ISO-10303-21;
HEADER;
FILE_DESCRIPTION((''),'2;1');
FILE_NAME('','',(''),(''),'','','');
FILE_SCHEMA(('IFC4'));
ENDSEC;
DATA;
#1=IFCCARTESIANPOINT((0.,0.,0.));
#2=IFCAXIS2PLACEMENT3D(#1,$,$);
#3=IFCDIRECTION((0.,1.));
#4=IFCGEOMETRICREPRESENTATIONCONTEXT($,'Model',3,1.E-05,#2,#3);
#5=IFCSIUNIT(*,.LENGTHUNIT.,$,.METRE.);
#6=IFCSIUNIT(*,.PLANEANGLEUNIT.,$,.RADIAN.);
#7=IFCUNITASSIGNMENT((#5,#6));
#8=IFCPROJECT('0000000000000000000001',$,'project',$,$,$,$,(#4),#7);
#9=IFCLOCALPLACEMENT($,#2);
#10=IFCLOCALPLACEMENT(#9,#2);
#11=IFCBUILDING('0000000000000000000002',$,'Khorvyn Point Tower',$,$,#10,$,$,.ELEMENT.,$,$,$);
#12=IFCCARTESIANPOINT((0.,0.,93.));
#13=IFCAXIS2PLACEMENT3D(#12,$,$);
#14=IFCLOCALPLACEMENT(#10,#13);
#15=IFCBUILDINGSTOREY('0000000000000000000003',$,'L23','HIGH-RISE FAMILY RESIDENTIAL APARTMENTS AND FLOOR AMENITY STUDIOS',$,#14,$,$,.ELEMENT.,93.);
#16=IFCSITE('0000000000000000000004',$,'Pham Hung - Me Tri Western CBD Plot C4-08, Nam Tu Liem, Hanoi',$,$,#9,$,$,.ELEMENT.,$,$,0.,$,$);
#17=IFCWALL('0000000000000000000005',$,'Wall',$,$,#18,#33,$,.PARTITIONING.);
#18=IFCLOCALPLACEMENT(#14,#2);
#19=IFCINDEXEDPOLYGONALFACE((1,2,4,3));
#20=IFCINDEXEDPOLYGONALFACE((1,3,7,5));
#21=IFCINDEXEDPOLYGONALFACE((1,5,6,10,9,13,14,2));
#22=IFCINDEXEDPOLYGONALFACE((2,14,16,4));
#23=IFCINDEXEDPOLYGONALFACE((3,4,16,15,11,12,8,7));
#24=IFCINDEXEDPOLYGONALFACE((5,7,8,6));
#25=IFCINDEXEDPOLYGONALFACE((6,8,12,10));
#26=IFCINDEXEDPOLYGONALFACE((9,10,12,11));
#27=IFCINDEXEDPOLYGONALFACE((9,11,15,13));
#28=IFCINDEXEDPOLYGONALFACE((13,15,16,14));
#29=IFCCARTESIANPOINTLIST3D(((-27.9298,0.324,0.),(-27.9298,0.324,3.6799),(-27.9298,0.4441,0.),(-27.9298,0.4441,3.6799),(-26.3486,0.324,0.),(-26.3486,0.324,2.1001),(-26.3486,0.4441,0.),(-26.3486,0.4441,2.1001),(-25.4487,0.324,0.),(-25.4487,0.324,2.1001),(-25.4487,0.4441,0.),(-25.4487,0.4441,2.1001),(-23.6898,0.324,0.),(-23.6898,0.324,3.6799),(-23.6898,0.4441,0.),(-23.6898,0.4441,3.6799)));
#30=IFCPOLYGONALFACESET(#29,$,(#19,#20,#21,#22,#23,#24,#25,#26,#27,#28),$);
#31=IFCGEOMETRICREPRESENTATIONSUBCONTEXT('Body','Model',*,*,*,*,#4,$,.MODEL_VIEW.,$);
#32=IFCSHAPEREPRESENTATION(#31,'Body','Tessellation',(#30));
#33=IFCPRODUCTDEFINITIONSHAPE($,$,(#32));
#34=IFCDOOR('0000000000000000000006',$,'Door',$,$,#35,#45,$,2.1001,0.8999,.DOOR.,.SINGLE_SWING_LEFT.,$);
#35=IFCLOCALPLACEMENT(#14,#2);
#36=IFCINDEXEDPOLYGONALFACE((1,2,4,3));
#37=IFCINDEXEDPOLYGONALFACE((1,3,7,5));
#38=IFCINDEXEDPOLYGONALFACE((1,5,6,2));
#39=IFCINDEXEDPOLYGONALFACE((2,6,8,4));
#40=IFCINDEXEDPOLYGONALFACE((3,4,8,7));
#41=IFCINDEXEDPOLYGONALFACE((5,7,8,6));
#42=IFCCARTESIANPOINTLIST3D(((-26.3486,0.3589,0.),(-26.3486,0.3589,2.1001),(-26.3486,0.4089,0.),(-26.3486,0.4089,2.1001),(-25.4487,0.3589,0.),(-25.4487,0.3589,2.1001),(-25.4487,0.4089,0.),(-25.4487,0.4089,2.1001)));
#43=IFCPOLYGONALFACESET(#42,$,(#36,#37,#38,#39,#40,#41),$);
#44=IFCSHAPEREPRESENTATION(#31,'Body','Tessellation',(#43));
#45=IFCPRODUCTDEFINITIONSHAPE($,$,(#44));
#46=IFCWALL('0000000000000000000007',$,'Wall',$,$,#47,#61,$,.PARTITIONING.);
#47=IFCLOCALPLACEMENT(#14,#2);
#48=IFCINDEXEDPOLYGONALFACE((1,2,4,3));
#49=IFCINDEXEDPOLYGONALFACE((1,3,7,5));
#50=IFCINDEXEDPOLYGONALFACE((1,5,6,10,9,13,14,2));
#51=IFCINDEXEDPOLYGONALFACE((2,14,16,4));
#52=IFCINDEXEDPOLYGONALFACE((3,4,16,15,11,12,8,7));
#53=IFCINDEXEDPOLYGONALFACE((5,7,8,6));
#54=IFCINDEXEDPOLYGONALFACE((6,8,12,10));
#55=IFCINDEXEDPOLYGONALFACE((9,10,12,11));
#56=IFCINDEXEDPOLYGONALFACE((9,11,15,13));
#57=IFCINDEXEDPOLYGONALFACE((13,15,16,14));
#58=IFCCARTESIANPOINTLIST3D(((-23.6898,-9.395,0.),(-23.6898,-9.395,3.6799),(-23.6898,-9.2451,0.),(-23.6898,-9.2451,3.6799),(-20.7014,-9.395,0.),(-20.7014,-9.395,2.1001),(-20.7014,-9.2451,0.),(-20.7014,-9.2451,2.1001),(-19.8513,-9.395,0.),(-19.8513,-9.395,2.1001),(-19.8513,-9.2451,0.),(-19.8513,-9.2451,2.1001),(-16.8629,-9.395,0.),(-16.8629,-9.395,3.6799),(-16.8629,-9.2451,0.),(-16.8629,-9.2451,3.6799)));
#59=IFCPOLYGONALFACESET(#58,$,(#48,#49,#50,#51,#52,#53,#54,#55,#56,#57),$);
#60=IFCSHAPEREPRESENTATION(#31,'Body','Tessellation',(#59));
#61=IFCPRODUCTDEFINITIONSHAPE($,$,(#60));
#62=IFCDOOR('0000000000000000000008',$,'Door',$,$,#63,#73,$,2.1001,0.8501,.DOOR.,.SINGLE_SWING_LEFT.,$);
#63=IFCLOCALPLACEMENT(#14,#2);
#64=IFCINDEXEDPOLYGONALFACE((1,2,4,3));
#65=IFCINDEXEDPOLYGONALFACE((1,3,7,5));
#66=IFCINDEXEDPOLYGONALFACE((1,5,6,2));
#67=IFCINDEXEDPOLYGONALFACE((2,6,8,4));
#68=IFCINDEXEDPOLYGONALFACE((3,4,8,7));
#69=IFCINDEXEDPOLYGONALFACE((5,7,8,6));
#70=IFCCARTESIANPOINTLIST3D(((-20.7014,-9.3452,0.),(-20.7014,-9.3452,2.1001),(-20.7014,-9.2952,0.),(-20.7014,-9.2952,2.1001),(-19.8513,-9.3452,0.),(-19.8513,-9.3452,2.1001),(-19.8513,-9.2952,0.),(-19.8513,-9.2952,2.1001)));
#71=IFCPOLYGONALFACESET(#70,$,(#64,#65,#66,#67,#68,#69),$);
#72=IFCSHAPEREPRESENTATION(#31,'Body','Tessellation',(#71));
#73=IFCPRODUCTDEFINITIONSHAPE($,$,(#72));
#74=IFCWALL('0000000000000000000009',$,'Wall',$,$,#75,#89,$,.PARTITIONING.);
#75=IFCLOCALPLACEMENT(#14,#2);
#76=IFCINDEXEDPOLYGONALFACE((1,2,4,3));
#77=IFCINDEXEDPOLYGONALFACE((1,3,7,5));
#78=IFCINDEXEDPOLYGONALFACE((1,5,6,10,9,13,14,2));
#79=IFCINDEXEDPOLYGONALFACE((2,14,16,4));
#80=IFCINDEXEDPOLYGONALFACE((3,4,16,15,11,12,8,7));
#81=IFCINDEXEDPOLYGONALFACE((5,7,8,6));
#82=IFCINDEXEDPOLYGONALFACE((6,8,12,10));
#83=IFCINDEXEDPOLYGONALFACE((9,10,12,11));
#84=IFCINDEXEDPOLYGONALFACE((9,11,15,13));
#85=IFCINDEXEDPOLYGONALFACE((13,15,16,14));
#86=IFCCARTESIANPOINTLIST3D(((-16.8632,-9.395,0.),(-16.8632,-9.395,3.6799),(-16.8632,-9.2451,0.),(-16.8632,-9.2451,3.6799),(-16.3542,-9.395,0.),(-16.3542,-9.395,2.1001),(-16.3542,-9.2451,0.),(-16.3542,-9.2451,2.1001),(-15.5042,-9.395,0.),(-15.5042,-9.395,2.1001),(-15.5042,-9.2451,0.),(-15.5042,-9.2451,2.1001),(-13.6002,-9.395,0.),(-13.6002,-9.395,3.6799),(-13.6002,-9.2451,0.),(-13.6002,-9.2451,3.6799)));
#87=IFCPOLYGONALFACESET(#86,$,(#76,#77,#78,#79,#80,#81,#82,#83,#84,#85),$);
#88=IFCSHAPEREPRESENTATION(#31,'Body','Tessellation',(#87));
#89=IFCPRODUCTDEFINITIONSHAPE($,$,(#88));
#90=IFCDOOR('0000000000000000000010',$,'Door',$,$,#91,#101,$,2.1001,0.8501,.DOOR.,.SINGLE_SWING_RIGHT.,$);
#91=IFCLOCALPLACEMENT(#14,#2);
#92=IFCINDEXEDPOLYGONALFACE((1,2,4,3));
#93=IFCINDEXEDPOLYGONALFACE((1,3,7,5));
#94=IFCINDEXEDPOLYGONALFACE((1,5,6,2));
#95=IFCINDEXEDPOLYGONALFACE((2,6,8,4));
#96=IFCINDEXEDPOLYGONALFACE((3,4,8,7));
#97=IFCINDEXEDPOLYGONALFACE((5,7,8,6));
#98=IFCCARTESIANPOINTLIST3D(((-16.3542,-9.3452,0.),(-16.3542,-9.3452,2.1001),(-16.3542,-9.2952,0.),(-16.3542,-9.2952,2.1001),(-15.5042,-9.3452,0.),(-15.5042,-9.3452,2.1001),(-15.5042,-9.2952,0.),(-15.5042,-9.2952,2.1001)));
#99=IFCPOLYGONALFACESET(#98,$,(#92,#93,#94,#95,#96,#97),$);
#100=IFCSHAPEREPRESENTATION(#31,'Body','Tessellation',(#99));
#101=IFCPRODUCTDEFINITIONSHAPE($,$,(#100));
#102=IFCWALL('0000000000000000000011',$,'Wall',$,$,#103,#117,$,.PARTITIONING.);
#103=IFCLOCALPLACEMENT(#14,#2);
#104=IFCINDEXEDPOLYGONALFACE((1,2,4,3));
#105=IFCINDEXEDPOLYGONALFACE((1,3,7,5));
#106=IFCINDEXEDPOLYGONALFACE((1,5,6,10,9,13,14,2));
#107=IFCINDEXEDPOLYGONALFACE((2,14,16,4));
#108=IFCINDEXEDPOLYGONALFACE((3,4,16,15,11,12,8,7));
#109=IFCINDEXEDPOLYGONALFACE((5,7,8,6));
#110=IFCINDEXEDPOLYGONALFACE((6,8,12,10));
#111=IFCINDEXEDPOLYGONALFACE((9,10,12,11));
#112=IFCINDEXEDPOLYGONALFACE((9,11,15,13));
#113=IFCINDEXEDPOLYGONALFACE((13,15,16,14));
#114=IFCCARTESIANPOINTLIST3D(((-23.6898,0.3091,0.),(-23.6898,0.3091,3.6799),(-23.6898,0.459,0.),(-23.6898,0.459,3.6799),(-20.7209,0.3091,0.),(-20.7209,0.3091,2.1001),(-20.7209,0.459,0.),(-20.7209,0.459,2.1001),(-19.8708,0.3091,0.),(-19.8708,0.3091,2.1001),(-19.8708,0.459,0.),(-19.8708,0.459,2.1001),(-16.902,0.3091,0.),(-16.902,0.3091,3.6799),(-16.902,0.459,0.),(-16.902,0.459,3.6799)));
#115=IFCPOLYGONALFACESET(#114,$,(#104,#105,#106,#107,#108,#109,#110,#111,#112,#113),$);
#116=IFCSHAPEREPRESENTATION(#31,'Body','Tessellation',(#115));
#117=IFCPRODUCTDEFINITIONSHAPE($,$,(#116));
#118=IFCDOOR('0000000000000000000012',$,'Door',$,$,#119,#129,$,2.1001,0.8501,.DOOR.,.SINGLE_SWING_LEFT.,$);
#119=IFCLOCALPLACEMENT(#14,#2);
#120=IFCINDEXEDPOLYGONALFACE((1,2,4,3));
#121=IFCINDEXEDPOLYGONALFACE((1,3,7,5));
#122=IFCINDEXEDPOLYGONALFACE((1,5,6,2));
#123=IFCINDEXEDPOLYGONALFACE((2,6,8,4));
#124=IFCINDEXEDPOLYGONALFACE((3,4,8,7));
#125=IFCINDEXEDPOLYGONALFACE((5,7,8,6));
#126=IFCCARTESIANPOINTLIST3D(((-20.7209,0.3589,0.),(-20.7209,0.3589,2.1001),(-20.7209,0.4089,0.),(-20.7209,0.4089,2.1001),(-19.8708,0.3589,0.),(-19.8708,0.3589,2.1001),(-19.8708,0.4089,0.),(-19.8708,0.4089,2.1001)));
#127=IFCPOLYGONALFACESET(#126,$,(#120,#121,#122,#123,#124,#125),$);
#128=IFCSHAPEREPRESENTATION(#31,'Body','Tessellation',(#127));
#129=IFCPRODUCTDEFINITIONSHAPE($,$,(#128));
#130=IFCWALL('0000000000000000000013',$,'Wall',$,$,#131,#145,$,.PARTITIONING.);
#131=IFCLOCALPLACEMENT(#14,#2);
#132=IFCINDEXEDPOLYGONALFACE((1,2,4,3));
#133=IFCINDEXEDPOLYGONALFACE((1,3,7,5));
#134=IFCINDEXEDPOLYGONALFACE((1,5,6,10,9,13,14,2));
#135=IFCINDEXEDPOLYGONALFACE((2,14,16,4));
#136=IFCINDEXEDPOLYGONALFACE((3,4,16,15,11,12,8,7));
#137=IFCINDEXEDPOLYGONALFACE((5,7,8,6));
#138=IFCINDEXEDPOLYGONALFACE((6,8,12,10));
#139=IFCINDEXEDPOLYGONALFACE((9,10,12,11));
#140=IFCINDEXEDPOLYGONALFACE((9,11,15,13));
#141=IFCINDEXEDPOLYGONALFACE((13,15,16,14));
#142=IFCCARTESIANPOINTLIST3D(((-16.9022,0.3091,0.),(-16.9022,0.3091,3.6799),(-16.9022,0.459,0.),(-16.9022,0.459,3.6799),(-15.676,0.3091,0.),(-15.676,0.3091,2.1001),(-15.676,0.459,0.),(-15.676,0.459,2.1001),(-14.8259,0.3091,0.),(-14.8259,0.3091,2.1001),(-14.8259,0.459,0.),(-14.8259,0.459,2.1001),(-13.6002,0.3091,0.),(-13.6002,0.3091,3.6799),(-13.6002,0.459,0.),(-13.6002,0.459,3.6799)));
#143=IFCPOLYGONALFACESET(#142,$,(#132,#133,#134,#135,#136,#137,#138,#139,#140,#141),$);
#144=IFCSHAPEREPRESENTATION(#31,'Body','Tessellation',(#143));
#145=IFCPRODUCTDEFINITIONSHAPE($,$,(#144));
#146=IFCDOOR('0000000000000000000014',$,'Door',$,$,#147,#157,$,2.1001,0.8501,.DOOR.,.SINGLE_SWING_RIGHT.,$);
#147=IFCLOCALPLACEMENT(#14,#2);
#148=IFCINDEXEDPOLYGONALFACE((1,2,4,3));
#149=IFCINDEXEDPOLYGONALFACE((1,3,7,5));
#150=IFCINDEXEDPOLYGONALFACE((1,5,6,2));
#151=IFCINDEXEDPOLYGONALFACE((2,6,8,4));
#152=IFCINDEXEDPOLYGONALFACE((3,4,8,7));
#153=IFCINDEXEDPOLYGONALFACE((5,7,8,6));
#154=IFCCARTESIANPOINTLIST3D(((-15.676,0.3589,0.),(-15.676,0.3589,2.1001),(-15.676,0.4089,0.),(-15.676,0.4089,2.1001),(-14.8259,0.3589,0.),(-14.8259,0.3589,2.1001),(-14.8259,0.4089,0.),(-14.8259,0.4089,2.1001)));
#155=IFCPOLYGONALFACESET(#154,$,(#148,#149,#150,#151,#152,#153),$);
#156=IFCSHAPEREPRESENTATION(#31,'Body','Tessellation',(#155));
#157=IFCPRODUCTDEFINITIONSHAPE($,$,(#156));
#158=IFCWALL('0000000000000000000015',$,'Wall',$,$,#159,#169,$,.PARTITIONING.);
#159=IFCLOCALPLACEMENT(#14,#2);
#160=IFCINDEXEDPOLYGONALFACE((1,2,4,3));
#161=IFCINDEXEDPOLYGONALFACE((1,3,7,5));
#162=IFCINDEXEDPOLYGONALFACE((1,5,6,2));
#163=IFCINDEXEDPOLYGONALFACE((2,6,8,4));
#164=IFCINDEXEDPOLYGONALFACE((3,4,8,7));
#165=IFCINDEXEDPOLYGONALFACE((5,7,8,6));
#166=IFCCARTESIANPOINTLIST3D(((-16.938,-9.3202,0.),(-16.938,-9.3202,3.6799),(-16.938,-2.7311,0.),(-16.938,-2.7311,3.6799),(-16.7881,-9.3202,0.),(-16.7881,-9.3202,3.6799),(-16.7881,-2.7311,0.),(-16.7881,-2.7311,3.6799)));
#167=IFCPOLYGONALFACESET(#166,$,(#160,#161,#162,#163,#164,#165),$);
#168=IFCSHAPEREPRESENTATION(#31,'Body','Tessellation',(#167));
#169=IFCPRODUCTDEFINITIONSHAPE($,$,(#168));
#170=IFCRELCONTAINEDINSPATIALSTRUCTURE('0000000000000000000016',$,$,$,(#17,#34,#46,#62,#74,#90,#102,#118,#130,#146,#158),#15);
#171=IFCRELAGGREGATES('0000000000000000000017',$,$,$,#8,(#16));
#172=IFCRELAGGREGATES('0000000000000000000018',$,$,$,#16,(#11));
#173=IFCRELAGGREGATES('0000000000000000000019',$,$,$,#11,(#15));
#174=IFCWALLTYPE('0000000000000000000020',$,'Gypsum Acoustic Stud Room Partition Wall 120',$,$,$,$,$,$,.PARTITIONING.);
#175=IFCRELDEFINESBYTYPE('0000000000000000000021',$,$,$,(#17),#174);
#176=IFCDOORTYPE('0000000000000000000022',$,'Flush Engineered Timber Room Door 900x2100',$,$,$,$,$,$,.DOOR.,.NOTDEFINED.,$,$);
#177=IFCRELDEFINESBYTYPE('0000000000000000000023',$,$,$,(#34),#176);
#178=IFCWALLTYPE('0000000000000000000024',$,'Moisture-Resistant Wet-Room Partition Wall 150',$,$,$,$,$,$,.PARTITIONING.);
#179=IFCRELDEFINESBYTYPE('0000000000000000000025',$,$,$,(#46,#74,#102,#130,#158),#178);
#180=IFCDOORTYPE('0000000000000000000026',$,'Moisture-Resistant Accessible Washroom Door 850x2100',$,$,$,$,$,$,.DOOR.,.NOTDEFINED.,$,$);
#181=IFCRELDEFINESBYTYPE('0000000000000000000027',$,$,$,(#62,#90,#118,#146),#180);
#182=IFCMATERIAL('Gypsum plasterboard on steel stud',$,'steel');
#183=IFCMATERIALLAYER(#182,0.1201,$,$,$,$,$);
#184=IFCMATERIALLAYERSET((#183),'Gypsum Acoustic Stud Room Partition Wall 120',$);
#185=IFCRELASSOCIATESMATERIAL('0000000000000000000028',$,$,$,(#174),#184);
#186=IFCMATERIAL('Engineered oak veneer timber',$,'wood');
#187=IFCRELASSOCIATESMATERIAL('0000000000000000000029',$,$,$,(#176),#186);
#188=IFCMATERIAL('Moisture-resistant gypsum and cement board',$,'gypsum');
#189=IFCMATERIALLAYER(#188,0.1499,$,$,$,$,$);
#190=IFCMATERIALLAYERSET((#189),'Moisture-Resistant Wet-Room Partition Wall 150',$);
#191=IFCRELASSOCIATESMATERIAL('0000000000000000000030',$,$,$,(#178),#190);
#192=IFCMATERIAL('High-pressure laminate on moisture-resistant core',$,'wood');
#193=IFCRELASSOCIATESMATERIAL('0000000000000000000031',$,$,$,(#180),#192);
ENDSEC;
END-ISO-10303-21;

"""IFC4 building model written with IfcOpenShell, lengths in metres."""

from ifc_helpers import new_model, si_unit, direction, frame, frame_2d, origin, place, context, subcontext, project, spatial, rectangle, extrude, material, layer, layer_set, type_object, element, fill, save


model = new_model("IFC4")

# Units and contexts
model_context = context("Model", 3, precision=1e-05, world=origin(), true_north=direction((0.0, 1.0)))
body_context = subcontext(model_context, "Body", "Model", "MODEL_VIEW")
ifc_project = project(units=[si_unit("LENGTHUNIT", "METRE"), si_unit("PLANEANGLEUNIT", "RADIAN")], contexts=[model_context])

# Site, building, storey
site_placement = place(None, origin())
site = spatial("IfcSite", under=ifc_project, at=site_placement, Name="Pham Hung - Me Tri Western CBD Plot C4-08, Nam Tu Liem, Hanoi", CompositionType="ELEMENT", RefElevation=0.0)
building_placement = place(site_placement, origin())
building = spatial("IfcBuilding", under=site, at=building_placement, Name="Khorvyn Point Tower", CompositionType="ELEMENT")
storey_placement = place(building_placement, frame((0.0, 0.0, 93.0)))
storey = spatial("IfcBuildingStorey", under=building, at=storey_placement, Name="L23", Description="HIGH-RISE FAMILY RESIDENTIAL APARTMENTS AND FLOOR AMENITY STUDIOS", CompositionType="ELEMENT", Elevation=93.0)

# Walls, openings, doors
ifc_material_1 = material(Name="Gypsum plasterboard on steel stud", Category="steel")
ifc_layer_1 = layer(ifc_material_1, 0.1201)
ifc_layer_set_1 = layer_set([ifc_layer_1], Name="Gypsum Acoustic Stud Room Partition Wall 120")
wall_type_1 = type_object("IfcWallType", Name="Gypsum Acoustic Stud Room Partition Wall 120", PredefinedType="PARTITIONING", material=ifc_layer_set_1)
ifc_material_2 = material(Name="Engineered oak veneer timber", Category="wood")
door_type_1 = type_object("IfcDoorType", Name="Flush Engineered Timber Room Door 900x2100", OperationType="NOTDEFINED", PredefinedType="DOOR", material=ifc_material_2)
wall_1_placement = place(storey_placement, frame((-27.9299, 0.384, 0.0), z_axis=(0.0, 0.0, 1.0), x_axis=(1.0, 0.0, 0.0)))
wall_1 = element("IfcWall", 1, at=wall_1_placement, inside=storey, type_object=wall_type_1, Name="Wall", PredefinedType="PARTITIONING", context=body_context, shape_type="SweptSolid", body=[
    extrude(rectangle(XDim=4.24, YDim=0.1201, at=frame_2d((2.1201, 0.0))), origin(), (0.0, 0.0, 1.0), 3.6799),
])
opening_1_placement = place(wall_1_placement, frame((1.5813, 0.0, 0.0)))
opening_1 = element("IfcOpeningElement", 2, at=opening_1_placement, cuts=wall_1, PredefinedType="OPENING", context=body_context, shape_type="SweptSolid", body=[
    extrude(rectangle(XDim=0.8999, YDim=2.1001, at=frame_2d((0.45, 1.05))), frame((0.0, 0.0701, 0.0), z_axis=(0.0, -1.0, 0.0), x_axis=(1.0, 0.0, 0.0)), (0.0, 0.0, 1.0), 0.1401),
])
door_1_placement = place(opening_1_placement, origin())
door_1 = element("IfcDoor", 3, at=door_1_placement, inside=storey, type_object=door_type_1, Name="Door", OperationType="SINGLE_SWING_LEFT", OverallHeight=2.1001, OverallWidth=0.8999, PredefinedType="DOOR", context=body_context, shape_type="SweptSolid", body=[
    extrude(rectangle(XDim=0.8999, YDim=2.1001, at=frame_2d((0.45, 1.05))), frame((0.0, 0.0249, 0.0), z_axis=(0.0, -1.0, 0.0), x_axis=(1.0, 0.0, 0.0)), (0.0, 0.0, 1.0), 0.05),
])
fill(opening_1, door_1)
ifc_material_3 = material(Name="Moisture-resistant gypsum and cement board", Category="gypsum")
ifc_layer_2 = layer(ifc_material_3, 0.1499)
ifc_layer_set_2 = layer_set([ifc_layer_2], Name="Moisture-Resistant Wet-Room Partition Wall 150")
wall_type_2 = type_object("IfcWallType", Name="Moisture-Resistant Wet-Room Partition Wall 150", PredefinedType="PARTITIONING", material=ifc_layer_set_2)
wall_2_placement = place(storey_placement, frame((-23.6899, -9.3201, 0.0), z_axis=(0.0, 0.0, 1.0), x_axis=(1.0, 0.0, 0.0)))
wall_2 = element("IfcWall", 4, at=wall_2_placement, inside=storey, type_object=wall_type_2, Name="Wall", PredefinedType="PARTITIONING", context=body_context, shape_type="SweptSolid", body=[
    extrude(rectangle(XDim=6.8269, YDim=0.1499, at=frame_2d((3.4136, 0.0))), origin(), (0.0, 0.0, 1.0), 3.6799),
])
opening_2_placement = place(wall_2_placement, frame((2.9885, 0.0, 0.0)))
opening_2 = element("IfcOpeningElement", 5, at=opening_2_placement, cuts=wall_2, PredefinedType="OPENING", context=body_context, shape_type="SweptSolid", body=[
    extrude(rectangle(XDim=0.8501, YDim=2.1001, at=frame_2d((0.425, 1.05))), frame((0.0, 0.085, 0.0), z_axis=(0.0, -1.0, 0.0), x_axis=(1.0, 0.0, 0.0)), (0.0, 0.0, 1.0), 0.1699),
])
ifc_material_4 = material(Name="High-pressure laminate on moisture-resistant core", Category="wood")
door_type_2 = type_object("IfcDoorType", Name="Moisture-Resistant Accessible Washroom Door 850x2100", OperationType="NOTDEFINED", PredefinedType="DOOR", material=ifc_material_4)
door_2_placement = place(opening_2_placement, origin())
door_2 = element("IfcDoor", 6, at=door_2_placement, inside=storey, type_object=door_type_2, Name="Door", OperationType="SINGLE_SWING_LEFT", OverallHeight=2.1001, OverallWidth=0.8501, PredefinedType="DOOR", context=body_context, shape_type="SweptSolid", body=[
    extrude(rectangle(XDim=0.8501, YDim=2.1001, at=frame_2d((0.425, 1.05))), frame((0.0, 0.0249, 0.0), z_axis=(0.0, -1.0, 0.0), x_axis=(1.0, 0.0, 0.0)), (0.0, 0.0, 1.0), 0.05),
])
fill(opening_2, door_2)
wall_3_placement = place(storey_placement, frame((-16.863, -9.3201, 0.0), z_axis=(0.0, 0.0, 1.0), x_axis=(1.0, 0.0, 0.0)))
wall_3 = element("IfcWall", 7, at=wall_3_placement, inside=storey, type_object=wall_type_2, Name="Wall", PredefinedType="PARTITIONING", context=body_context, shape_type="SweptSolid", body=[
    extrude(rectangle(XDim=3.2629, YDim=0.1499, at=frame_2d((1.6313, 0.0))), origin(), (0.0, 0.0, 1.0), 3.6799),
])
opening_3_placement = place(wall_3_placement, frame((0.5088, 0.0, 0.0)))
opening_3 = element("IfcOpeningElement", 8, at=opening_3_placement, cuts=wall_3, PredefinedType="OPENING", context=body_context, shape_type="SweptSolid", body=[
    extrude(rectangle(XDim=0.8501, YDim=2.1001, at=frame_2d((0.425, 1.05))), frame((0.0, 0.085, 0.0), z_axis=(0.0, -1.0, 0.0), x_axis=(1.0, 0.0, 0.0)), (0.0, 0.0, 1.0), 0.1699),
])
door_3_placement = place(opening_3_placement, origin())
door_3 = element("IfcDoor", 9, at=door_3_placement, inside=storey, type_object=door_type_2, Name="Door", OperationType="SINGLE_SWING_RIGHT", OverallHeight=2.1001, OverallWidth=0.8501, PredefinedType="DOOR", context=body_context, shape_type="SweptSolid", body=[
    extrude(rectangle(XDim=0.8501, YDim=2.1001, at=frame_2d((0.425, 1.05))), frame((0.0, 0.0249, 0.0), z_axis=(0.0, -1.0, 0.0), x_axis=(1.0, 0.0, 0.0)), (0.0, 0.0, 1.0), 0.05),
])
fill(opening_3, door_3)
wall_4_placement = place(storey_placement, frame((-23.6899, 0.384, 0.0), z_axis=(0.0, 0.0, 1.0), x_axis=(1.0, 0.0, 0.0)))
wall_4 = element("IfcWall", 10, at=wall_4_placement, inside=storey, type_object=wall_type_2, Name="Wall", PredefinedType="PARTITIONING", context=body_context, shape_type="SweptSolid", body=[
    extrude(rectangle(XDim=6.7878, YDim=0.1499, at=frame_2d((3.394, 0.0))), origin(), (0.0, 0.0, 1.0), 3.6799),
])
opening_4_placement = place(wall_4_placement, frame((2.969, 0.0, 0.0)))
opening_4 = element("IfcOpeningElement", 11, at=opening_4_placement, cuts=wall_4, PredefinedType="OPENING", context=body_context, shape_type="SweptSolid", body=[
    extrude(rectangle(XDim=0.8501, YDim=2.1001, at=frame_2d((0.425, 1.05))), frame((0.0, 0.085, 0.0), z_axis=(0.0, -1.0, 0.0), x_axis=(1.0, 0.0, 0.0)), (0.0, 0.0, 1.0), 0.1699),
])
door_4_placement = place(opening_4_placement, origin())
door_4 = element("IfcDoor", 12, at=door_4_placement, inside=storey, type_object=door_type_2, Name="Door", OperationType="SINGLE_SWING_LEFT", OverallHeight=2.1001, OverallWidth=0.8501, PredefinedType="DOOR", context=body_context, shape_type="SweptSolid", body=[
    extrude(rectangle(XDim=0.8501, YDim=2.1001, at=frame_2d((0.425, 1.05))), frame((0.0, 0.0249, 0.0), z_axis=(0.0, -1.0, 0.0), x_axis=(1.0, 0.0, 0.0)), (0.0, 0.0, 1.0), 0.05),
])
fill(opening_4, door_4)
wall_5_placement = place(storey_placement, frame((-16.9021, 0.384, 0.0), z_axis=(0.0, 0.0, 1.0), x_axis=(1.0, 0.0, 0.0)))
wall_5 = element("IfcWall", 13, at=wall_5_placement, inside=storey, type_object=wall_type_2, Name="Wall", PredefinedType="PARTITIONING", context=body_context, shape_type="SweptSolid", body=[
    extrude(rectangle(XDim=3.302, YDim=0.1499, at=frame_2d((1.6509, 0.0))), origin(), (0.0, 0.0, 1.0), 3.6799),
])
opening_5_placement = place(wall_5_placement, frame((1.2261, 0.0, 0.0)))
opening_5 = element("IfcOpeningElement", 14, at=opening_5_placement, cuts=wall_5, PredefinedType="OPENING", context=body_context, shape_type="SweptSolid", body=[
    extrude(rectangle(XDim=0.8501, YDim=2.1001, at=frame_2d((0.425, 1.05))), frame((0.0, 0.085, 0.0), z_axis=(0.0, -1.0, 0.0), x_axis=(1.0, 0.0, 0.0)), (0.0, 0.0, 1.0), 0.1699),
])
door_5_placement = place(opening_5_placement, origin())
door_5 = element("IfcDoor", 15, at=door_5_placement, inside=storey, type_object=door_type_2, Name="Door", OperationType="SINGLE_SWING_RIGHT", OverallHeight=2.1001, OverallWidth=0.8501, PredefinedType="DOOR", context=body_context, shape_type="SweptSolid", body=[
    extrude(rectangle(XDim=0.8501, YDim=2.1001, at=frame_2d((0.425, 1.05))), frame((0.0, 0.0249, 0.0), z_axis=(0.0, -1.0, 0.0), x_axis=(1.0, 0.0, 0.0)), (0.0, 0.0, 1.0), 0.05),
])
fill(opening_5, door_5)

# Wall
for number, where, z_axis, x_axis, name in (
    (16, (-16.863, -9.3201, 0.0), (0.0, 0.0, 1.0), (0.0, 1.0, 0.0), "Wall"),
):
    element("IfcWall", number, at=place(storey_placement, frame(where, z_axis=z_axis, x_axis=x_axis)), inside=storey, type_object=wall_type_2, Name=name, PredefinedType="PARTITIONING", context=body_context, shape_type="SweptSolid", body=[
        extrude(rectangle(XDim=6.5891, YDim=0.1499, at=frame_2d((3.2944, 0.0))), origin(), (0.0, 0.0, 1.0), 3.6799),
    ])

save(model, "model.ifc")
